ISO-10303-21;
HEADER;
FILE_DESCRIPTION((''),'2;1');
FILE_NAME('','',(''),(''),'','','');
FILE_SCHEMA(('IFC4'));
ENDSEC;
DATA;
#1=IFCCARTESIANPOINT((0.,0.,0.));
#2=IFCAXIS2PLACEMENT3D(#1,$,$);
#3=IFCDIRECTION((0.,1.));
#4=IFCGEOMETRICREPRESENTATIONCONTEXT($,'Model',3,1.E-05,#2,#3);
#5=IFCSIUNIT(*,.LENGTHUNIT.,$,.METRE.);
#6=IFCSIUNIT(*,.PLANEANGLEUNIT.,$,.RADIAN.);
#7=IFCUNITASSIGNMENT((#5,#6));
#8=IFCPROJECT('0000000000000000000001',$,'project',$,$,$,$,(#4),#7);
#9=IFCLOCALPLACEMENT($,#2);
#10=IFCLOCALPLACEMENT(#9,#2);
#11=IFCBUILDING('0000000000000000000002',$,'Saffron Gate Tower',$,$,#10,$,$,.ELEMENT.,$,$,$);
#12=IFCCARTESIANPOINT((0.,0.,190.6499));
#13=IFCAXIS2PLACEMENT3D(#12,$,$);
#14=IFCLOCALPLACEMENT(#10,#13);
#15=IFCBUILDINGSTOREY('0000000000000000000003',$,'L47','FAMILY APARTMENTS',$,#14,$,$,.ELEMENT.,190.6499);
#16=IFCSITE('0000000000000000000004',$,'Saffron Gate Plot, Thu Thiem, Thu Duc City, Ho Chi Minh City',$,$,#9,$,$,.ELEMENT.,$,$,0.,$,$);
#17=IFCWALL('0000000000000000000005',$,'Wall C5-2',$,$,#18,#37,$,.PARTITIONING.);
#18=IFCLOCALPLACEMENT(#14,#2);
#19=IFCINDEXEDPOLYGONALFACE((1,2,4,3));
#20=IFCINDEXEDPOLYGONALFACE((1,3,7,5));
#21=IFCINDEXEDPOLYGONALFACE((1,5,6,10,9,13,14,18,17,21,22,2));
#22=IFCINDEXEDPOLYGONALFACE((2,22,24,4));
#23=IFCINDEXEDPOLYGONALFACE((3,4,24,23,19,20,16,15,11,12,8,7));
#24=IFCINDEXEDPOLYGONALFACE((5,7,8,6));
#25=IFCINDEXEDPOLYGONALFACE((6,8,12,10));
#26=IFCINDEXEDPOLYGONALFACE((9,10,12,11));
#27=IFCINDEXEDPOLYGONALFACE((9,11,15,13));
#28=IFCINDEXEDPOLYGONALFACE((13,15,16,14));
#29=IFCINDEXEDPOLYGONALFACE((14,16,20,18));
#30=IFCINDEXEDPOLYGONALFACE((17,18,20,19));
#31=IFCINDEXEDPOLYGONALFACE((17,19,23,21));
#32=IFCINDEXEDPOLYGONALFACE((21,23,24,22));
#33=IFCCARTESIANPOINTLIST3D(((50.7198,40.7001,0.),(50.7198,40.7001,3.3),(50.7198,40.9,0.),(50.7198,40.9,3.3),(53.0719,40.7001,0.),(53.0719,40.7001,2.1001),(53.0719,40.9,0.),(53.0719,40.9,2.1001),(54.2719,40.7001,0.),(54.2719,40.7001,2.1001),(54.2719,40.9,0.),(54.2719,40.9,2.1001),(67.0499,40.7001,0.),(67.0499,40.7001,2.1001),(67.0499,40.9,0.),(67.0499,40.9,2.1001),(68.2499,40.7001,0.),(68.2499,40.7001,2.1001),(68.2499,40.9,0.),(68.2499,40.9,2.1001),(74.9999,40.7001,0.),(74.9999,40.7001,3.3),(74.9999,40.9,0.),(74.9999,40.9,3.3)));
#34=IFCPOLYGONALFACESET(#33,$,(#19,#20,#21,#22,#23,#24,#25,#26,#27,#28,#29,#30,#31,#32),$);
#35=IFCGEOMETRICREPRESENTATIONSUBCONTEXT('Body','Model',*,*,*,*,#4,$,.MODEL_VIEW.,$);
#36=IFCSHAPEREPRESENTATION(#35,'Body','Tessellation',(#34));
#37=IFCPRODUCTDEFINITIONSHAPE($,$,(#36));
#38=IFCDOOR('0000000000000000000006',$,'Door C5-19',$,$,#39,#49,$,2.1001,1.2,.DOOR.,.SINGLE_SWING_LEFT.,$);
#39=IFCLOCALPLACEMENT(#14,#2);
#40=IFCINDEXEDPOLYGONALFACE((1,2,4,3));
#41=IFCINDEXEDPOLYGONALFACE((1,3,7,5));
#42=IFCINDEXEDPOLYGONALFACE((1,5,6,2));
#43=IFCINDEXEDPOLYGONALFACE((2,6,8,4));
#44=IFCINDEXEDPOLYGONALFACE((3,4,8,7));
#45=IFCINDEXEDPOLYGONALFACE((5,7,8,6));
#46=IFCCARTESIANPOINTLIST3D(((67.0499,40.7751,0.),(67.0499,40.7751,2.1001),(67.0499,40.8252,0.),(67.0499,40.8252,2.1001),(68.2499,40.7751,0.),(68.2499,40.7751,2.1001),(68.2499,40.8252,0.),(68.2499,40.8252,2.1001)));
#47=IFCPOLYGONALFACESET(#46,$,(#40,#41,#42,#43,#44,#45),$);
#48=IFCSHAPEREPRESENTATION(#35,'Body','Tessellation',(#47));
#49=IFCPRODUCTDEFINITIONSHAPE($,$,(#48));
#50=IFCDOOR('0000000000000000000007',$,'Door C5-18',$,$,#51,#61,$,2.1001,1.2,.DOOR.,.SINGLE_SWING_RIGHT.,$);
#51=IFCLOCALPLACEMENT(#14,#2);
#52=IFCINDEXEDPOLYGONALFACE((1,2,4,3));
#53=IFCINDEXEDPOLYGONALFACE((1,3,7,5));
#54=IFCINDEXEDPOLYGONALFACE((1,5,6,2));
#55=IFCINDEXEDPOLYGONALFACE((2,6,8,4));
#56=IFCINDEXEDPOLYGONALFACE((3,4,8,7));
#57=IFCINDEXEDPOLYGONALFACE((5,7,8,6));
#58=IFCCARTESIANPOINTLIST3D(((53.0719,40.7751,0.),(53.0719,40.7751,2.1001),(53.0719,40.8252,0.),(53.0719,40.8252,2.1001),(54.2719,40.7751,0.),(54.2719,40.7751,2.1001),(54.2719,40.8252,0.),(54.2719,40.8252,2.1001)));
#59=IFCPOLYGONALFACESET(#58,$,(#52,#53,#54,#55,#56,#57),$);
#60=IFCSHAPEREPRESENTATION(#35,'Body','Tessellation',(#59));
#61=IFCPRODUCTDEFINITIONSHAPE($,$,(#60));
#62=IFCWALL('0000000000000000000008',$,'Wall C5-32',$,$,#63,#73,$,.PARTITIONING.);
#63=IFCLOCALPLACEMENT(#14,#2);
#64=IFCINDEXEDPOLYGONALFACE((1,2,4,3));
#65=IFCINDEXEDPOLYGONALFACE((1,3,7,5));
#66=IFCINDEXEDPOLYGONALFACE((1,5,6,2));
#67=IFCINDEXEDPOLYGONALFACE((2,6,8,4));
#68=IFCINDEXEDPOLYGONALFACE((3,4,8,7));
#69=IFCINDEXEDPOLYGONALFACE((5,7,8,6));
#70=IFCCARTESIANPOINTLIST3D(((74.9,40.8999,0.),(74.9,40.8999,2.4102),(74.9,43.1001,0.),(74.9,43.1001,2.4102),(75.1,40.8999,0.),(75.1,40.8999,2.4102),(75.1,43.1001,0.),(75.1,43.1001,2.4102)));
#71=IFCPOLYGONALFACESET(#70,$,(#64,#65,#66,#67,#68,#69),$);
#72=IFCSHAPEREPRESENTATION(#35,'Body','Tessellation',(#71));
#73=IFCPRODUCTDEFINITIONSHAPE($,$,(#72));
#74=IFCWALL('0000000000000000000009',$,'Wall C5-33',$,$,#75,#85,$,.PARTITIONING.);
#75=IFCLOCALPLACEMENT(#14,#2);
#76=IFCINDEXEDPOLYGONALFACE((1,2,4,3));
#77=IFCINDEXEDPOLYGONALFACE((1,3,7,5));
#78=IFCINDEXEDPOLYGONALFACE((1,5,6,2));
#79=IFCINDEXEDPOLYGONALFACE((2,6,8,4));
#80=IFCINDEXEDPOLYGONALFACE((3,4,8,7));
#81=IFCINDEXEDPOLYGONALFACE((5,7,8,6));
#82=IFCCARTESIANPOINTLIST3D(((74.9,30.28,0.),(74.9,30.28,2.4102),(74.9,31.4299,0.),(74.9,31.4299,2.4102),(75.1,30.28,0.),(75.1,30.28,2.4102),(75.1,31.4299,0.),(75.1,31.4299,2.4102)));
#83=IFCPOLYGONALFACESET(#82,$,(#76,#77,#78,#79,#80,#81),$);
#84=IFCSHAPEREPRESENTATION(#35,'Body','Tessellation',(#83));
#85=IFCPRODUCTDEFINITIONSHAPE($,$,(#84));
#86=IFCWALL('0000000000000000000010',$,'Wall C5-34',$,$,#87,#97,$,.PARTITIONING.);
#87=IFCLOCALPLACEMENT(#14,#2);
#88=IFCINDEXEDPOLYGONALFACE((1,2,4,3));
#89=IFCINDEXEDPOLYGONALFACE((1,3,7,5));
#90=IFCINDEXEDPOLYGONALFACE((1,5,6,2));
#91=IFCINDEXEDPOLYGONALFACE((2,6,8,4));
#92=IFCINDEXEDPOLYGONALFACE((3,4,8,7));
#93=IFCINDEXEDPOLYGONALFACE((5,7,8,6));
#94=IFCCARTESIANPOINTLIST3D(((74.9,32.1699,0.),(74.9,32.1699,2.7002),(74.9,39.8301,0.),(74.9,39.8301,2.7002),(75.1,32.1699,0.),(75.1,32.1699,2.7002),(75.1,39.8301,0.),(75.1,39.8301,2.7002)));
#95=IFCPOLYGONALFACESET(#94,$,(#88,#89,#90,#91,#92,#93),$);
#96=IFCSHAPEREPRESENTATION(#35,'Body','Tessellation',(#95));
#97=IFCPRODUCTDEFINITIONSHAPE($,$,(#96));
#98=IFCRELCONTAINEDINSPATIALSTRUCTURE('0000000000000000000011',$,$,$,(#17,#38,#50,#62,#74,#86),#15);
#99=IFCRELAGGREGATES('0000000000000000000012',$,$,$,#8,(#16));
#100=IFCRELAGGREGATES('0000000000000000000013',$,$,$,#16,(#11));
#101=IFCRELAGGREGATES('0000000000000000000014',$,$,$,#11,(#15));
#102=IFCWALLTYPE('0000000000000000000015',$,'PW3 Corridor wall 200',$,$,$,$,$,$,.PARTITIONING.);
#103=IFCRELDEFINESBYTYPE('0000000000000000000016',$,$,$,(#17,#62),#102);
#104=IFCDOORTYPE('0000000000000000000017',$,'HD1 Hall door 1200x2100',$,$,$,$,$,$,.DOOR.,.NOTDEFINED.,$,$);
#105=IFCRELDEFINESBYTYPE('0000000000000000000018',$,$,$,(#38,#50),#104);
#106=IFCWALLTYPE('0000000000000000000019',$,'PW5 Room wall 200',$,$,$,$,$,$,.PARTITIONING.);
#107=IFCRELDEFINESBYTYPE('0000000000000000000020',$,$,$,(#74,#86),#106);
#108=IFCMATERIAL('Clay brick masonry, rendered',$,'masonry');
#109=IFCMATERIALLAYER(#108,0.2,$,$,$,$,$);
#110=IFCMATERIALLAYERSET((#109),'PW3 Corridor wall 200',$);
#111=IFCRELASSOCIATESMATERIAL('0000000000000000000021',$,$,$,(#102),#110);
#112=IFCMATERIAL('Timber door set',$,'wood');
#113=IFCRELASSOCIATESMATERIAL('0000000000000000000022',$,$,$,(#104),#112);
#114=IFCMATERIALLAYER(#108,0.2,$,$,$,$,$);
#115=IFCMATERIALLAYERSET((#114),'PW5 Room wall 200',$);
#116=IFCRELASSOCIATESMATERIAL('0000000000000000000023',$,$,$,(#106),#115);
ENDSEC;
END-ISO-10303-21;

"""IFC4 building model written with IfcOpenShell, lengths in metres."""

from ifc_helpers import new_model, si_unit, direction, frame, frame_2d, origin, place, context, subcontext, project, spatial, rectangle, extrude, material, layer, layer_set, type_object, element, fill, save


model = new_model("IFC4")

# Units and contexts
model_context = context("Model", 3, precision=1e-05, world=origin(), true_north=direction((0.0, 1.0)))
body_context = subcontext(model_context, "Body", "Model", "MODEL_VIEW")
ifc_project = project(units=[si_unit("LENGTHUNIT", "METRE"), si_unit("PLANEANGLEUNIT", "RADIAN")], contexts=[model_context])

# Site, building, storey
site_placement = place(None, origin())
site = spatial("IfcSite", under=ifc_project, at=site_placement, Name="Saffron Gate Plot, Thu Thiem, Thu Duc City, Ho Chi Minh City", CompositionType="ELEMENT", RefElevation=0.0)
building_placement = place(site_placement, origin())
building = spatial("IfcBuilding", under=site, at=building_placement, Name="Saffron Gate Tower", CompositionType="ELEMENT")
storey_placement = place(building_placement, frame((0.0, 0.0, 190.6499)))
storey = spatial("IfcBuildingStorey", under=building, at=storey_placement, Name="L47", Description="FAMILY APARTMENTS", CompositionType="ELEMENT", Elevation=190.6499)

# Wall, openings, doors
ifc_material_1 = material(Name="Clay brick masonry, rendered", Category="masonry")
ifc_layer_1 = layer(ifc_material_1, 0.2)
ifc_layer_set_1 = layer_set([ifc_layer_1], Name="PW3 Corridor wall 200")
wall_type_1 = type_object("IfcWallType", Name="PW3 Corridor wall 200", PredefinedType="PARTITIONING", material=ifc_layer_set_1)
wall_1_placement = place(storey_placement, frame((75.0, 40.8, 0.0), z_axis=(0.0, 0.0, 1.0), x_axis=(-1.0, 0.0, 0.0)))
wall_1 = element("IfcWall", 1, at=wall_1_placement, inside=storey, type_object=wall_type_1, Name="Wall C5-2", PredefinedType="PARTITIONING", context=body_context, shape_type="SweptSolid", body=[
    extrude(rectangle(XDim=24.28, YDim=0.2, at=frame_2d((12.1401, 0.0))), origin(), (0.0, 0.0, 1.0), 3.3),
])
opening_1_placement = place(wall_1_placement, frame((6.75, 0.0, 0.0)))
opening_1 = element("IfcOpeningElement", 2, at=opening_1_placement, cuts=wall_1, PredefinedType="OPENING", context=body_context, shape_type="SweptSolid", body=[
    extrude(rectangle(XDim=1.2, YDim=2.1001, at=frame_2d((0.6001, 1.05))), frame((0.0, 0.1099, 0.0), z_axis=(0.0, -1.0, 0.0), x_axis=(1.0, 0.0, 0.0)), (0.0, 0.0, 1.0), 0.22),
])
opening_2_placement = place(wall_1_placement, frame((20.728, 0.0, 0.0)))
opening_2 = element("IfcOpeningElement", 3, at=opening_2_placement, cuts=wall_1, PredefinedType="OPENING", context=body_context, shape_type="SweptSolid", body=[
    extrude(rectangle(XDim=1.2, YDim=2.1001, at=frame_2d((0.6001, 1.05))), frame((0.0, 0.1099, 0.0), z_axis=(0.0, -1.0, 0.0), x_axis=(1.0, 0.0, 0.0)), (0.0, 0.0, 1.0), 0.22),
])
ifc_material_2 = material(Name="Timber door set", Category="wood")
door_type = type_object("IfcDoorType", Name="HD1 Hall door 1200x2100", OperationType="NOTDEFINED", PredefinedType="DOOR", material=ifc_material_2)
door_1_placement = place(opening_1_placement, origin())
door_1 = element("IfcDoor", 4, at=door_1_placement, inside=storey, type_object=door_type, Name="Door C5-19", OperationType="SINGLE_SWING_LEFT", OverallHeight=2.1001, OverallWidth=1.2, PredefinedType="DOOR", context=body_context, shape_type="SweptSolid", body=[
    extrude(rectangle(XDim=1.2, YDim=2.1001, at=frame_2d((0.6001, 1.05))), frame((0.0, 0.0249, 0.0), z_axis=(0.0, -1.0, 0.0), x_axis=(1.0, 0.0, 0.0)), (0.0, 0.0, 1.0), 0.05),
])
fill(opening_1, door_1)
door_2_placement = place(opening_2_placement, origin())
door_2 = element("IfcDoor", 5, at=door_2_placement, inside=storey, type_object=door_type, Name="Door C5-18", OperationType="SINGLE_SWING_RIGHT", OverallHeight=2.1001, OverallWidth=1.2, PredefinedType="DOOR", context=body_context, shape_type="SweptSolid", body=[
    extrude(rectangle(XDim=1.2, YDim=2.1001, at=frame_2d((0.6001, 1.05))), frame((0.0, 0.0249, 0.0), z_axis=(0.0, -1.0, 0.0), x_axis=(1.0, 0.0, 0.0)), (0.0, 0.0, 1.0), 0.05),
])
fill(opening_2, door_2)

# Walls
wall_2_placement = place(storey_placement, frame((75.0, 43.1001, 0.0), z_axis=(0.0, 0.0, 1.0), x_axis=(0.0, -1.0, 0.0)))
element("IfcWall", 6, at=wall_2_placement, inside=storey, type_object=wall_type_1, Name="Wall C5-32", PredefinedType="PARTITIONING", context=body_context, shape_type="SweptSolid", body=[
    extrude(rectangle(XDim=2.2002, YDim=0.2, at=frame_2d((1.1001, 0.0))), origin(), (0.0, 0.0, 1.0), 2.4102),
])
ifc_layer_2 = layer(ifc_material_1, 0.2)
ifc_layer_set_2 = layer_set([ifc_layer_2], Name="PW5 Room wall 200")
wall_type_2 = type_object("IfcWallType", Name="PW5 Room wall 200", PredefinedType="PARTITIONING", material=ifc_layer_set_2)
wall_3_placement = place(storey_placement, frame((75.0, 31.4299, 0.0), z_axis=(0.0, 0.0, 1.0), x_axis=(0.0, -1.0, 0.0)))
element("IfcWall", 7, at=wall_3_placement, inside=storey, type_object=wall_type_2, Name="Wall C5-33", PredefinedType="PARTITIONING", context=body_context, shape_type="SweptSolid", body=[
    extrude(rectangle(XDim=1.1499, YDim=0.2, at=frame_2d((0.575, 0.0))), origin(), (0.0, 0.0, 1.0), 2.4102),
])
wall_4_placement = place(storey_placement, frame((75.0, 39.8301, 0.0), z_axis=(0.0, 0.0, 1.0), x_axis=(0.0, -1.0, 0.0)))
element("IfcWall", 8, at=wall_4_placement, inside=storey, type_object=wall_type_2, Name="Wall C5-34", PredefinedType="PARTITIONING", context=body_context, shape_type="SweptSolid", body=[
    extrude(rectangle(XDim=7.6602, YDim=0.2, at=frame_2d((3.8301, 0.0))), origin(), (0.0, 0.0, 1.0), 2.7002),
])

save(model, "model.ifc")
